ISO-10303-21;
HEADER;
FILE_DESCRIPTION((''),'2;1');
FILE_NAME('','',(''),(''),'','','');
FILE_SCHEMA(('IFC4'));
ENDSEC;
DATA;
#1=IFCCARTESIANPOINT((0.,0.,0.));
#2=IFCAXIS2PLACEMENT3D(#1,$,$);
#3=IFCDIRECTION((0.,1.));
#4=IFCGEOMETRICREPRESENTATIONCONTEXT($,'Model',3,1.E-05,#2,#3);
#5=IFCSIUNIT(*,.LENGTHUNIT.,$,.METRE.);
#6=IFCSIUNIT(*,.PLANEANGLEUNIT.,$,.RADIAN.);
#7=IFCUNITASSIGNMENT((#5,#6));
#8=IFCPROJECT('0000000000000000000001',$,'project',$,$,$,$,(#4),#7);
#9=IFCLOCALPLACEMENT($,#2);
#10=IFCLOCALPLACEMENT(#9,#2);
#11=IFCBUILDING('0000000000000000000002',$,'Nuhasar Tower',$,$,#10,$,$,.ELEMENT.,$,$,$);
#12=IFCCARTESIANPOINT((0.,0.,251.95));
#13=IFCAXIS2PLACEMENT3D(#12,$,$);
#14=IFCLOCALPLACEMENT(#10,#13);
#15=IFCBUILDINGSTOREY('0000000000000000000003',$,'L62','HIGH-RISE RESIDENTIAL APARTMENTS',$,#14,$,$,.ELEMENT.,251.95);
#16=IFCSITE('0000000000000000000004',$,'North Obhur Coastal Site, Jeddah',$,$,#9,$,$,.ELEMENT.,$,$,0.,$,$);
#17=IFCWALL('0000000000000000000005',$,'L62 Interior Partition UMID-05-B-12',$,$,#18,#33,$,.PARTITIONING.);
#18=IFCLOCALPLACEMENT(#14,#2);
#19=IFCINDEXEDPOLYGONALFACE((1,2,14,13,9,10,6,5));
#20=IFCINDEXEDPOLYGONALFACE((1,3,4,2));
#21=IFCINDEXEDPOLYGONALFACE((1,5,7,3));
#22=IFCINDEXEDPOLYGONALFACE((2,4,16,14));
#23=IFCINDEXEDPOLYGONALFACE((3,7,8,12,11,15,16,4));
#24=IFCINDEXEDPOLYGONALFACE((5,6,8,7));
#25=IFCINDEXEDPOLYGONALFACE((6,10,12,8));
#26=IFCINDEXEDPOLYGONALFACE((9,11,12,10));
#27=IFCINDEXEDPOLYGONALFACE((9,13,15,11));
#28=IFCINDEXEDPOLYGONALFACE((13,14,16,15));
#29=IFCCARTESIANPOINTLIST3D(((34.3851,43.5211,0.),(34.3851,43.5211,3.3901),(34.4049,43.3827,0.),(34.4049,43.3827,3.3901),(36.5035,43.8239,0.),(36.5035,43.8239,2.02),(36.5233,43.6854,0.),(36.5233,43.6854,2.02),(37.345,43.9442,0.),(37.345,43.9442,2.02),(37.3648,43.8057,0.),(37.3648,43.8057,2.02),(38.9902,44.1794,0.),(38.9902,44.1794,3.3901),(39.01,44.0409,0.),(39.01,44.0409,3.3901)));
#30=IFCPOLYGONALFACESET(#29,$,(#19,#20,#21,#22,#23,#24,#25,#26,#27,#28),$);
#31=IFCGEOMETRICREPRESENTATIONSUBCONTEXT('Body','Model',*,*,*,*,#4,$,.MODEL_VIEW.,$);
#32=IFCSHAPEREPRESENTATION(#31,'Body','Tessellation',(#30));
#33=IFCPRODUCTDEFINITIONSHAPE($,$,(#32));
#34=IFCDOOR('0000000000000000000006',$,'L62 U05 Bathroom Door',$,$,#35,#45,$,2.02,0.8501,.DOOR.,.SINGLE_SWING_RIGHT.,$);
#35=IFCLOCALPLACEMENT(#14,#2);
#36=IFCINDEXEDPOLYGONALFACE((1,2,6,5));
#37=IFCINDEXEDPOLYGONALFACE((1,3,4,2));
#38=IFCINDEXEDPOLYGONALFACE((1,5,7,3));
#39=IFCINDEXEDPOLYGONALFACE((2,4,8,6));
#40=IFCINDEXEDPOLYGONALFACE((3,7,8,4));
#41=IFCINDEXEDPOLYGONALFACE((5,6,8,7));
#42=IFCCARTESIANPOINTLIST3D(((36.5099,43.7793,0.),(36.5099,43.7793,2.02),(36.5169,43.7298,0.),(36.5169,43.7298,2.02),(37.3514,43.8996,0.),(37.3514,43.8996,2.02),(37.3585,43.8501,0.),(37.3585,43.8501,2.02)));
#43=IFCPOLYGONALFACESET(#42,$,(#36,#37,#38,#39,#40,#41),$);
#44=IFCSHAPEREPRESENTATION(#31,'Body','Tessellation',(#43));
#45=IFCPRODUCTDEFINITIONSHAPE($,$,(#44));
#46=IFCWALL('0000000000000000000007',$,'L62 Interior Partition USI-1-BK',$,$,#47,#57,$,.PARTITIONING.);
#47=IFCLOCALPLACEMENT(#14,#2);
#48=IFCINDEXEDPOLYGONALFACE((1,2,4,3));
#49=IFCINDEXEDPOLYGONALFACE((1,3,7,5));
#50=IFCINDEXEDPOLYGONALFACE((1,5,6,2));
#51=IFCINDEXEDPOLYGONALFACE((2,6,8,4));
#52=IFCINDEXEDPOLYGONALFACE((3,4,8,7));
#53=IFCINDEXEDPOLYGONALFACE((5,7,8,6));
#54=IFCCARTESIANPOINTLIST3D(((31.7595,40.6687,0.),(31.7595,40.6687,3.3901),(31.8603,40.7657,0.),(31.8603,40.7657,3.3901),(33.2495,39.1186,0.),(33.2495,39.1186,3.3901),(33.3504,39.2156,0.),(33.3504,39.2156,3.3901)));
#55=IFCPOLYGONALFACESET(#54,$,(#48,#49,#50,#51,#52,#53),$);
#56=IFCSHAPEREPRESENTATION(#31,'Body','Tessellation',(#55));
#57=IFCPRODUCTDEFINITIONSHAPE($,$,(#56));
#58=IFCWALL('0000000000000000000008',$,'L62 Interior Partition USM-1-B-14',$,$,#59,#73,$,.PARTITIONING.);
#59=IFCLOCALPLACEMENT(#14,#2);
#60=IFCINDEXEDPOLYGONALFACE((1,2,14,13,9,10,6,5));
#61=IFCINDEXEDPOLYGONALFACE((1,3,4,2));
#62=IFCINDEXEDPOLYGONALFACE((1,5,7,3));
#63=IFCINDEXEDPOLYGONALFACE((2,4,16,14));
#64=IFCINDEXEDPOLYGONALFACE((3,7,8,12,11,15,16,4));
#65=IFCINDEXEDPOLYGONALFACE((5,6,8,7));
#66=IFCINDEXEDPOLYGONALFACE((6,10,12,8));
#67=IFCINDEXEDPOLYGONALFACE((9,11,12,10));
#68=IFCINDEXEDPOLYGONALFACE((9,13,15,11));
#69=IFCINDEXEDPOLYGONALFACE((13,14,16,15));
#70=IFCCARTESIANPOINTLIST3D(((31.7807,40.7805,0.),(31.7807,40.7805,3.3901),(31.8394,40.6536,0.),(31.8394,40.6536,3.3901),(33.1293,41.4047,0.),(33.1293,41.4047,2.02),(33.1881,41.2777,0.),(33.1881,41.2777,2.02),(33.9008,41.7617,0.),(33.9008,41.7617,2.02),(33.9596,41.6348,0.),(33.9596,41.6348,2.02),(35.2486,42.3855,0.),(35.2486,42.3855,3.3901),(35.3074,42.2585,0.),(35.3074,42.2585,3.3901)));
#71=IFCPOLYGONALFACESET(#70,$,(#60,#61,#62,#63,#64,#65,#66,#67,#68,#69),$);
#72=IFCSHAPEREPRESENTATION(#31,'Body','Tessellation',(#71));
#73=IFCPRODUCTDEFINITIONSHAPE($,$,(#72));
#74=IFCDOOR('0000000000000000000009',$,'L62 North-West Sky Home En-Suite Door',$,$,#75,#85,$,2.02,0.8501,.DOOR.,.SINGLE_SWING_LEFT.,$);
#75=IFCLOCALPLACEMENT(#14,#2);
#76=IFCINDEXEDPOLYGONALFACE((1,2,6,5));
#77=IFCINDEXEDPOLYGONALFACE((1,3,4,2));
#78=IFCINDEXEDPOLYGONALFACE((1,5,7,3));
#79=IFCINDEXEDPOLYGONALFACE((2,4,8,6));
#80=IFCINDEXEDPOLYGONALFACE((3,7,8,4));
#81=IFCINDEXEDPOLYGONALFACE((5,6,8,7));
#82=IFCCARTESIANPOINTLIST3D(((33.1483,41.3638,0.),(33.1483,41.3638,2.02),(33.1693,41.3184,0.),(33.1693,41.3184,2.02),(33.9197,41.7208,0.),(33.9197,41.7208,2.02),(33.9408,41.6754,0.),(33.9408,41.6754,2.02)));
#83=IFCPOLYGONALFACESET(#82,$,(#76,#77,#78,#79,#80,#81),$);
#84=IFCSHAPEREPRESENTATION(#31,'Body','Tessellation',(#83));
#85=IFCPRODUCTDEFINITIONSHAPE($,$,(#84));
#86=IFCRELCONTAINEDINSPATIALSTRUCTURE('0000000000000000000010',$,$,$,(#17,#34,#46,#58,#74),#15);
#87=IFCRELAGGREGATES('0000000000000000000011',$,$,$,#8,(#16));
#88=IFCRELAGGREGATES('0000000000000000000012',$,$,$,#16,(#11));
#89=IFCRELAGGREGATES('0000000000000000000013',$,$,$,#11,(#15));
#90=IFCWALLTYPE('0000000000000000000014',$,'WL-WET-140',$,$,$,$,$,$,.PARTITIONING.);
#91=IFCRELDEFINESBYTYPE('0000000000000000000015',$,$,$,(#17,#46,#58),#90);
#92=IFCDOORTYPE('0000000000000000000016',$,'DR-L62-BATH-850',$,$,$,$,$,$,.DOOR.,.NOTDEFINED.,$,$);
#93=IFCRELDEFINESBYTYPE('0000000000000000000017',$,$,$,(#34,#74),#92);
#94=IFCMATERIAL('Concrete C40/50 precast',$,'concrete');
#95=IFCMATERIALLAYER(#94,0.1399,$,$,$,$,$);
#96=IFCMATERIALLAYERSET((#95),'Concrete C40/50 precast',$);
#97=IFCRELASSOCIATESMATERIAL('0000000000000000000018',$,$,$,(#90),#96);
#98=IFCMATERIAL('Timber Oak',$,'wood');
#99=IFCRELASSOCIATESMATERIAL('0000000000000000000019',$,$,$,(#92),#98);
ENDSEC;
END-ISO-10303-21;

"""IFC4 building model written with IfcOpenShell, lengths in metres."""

from ifc_helpers import new_model, si_unit, direction, frame, frame_2d, origin, place, context, subcontext, project, spatial, rectangle, extrude, material, layer, layer_set, type_object, element, fill, save


model = new_model("IFC4")

# Units and contexts
model_context = context("Model", 3, precision=1e-05, world=origin(), true_north=direction((0.0, 1.0)))
body_context = subcontext(model_context, "Body", "Model", "MODEL_VIEW")
ifc_project = project(units=[si_unit("LENGTHUNIT", "METRE"), si_unit("PLANEANGLEUNIT", "RADIAN")], contexts=[model_context])

# Site, building, storey
site_placement = place(None, origin())
site = spatial("IfcSite", under=ifc_project, at=site_placement, Name="North Obhur Coastal Site, Jeddah", CompositionType="ELEMENT", RefElevation=0.0)
building_placement = place(site_placement, origin())
building = spatial("IfcBuilding", under=site, at=building_placement, Name="Nuhasar Tower", CompositionType="ELEMENT")
storey_placement = place(building_placement, frame((0.0, 0.0, 251.95)))
storey = spatial("IfcBuildingStorey", under=building, at=storey_placement, Name="L62", Description="HIGH-RISE RESIDENTIAL APARTMENTS", CompositionType="ELEMENT", Elevation=251.95)

# Shared definitions
ifc_material_1 = material(Name="Timber Oak", Category="wood")

# Shared definitions
ifc_material_2 = material(Name="Concrete C40/50 precast", Category="concrete")

# Wall, opening, door
ifc_layer_1 = layer(ifc_material_2, 0.1399)
ifc_layer_set_1 = layer_set([ifc_layer_1], Name="Concrete C40/50 precast")
wall_type_1 = type_object("IfcWallType", Name="WL-WET-140", PredefinedType="PARTITIONING", material=ifc_layer_set_1)
wall_1_placement = place(storey_placement, frame((34.395, 43.4519, 0.0), z_axis=(0.0, 0.0, 1.0), x_axis=(0.989939, 0.141495, 0.0)))
wall_1 = element("IfcWall", 1, at=wall_1_placement, inside=storey, type_object=wall_type_1, Name="L62 Interior Partition UMID-05-B-12", PredefinedType="PARTITIONING", context=body_context, shape_type="SweptSolid", body=[
    extrude(rectangle(XDim=4.6519, YDim=0.1399, at=frame_2d((2.3259, 0.0))), origin(), (0.0, 0.0, 1.0), 3.3901),
])
opening_1_placement = place(wall_1_placement, frame((2.1399, 0.0, 0.0)))
opening_1 = element("IfcOpeningElement", 2, at=opening_1_placement, cuts=wall_1, PredefinedType="OPENING", context=body_context, shape_type="SweptSolid", body=[
    extrude(rectangle(XDim=0.8501, YDim=2.02, at=frame_2d((0.425, 1.01))), frame((0.0, 0.0801, 0.0), z_axis=(0.0, -1.0, 0.0), x_axis=(1.0, 0.0, 0.0)), (0.0, 0.0, 1.0), 0.1599),
])
door_type_1 = type_object("IfcDoorType", Name="DR-L62-BATH-850", OperationType="NOTDEFINED", PredefinedType="DOOR", material=ifc_material_1)
door_1_placement = place(opening_1_placement, origin())
door_1 = element("IfcDoor", 3, at=door_1_placement, inside=storey, type_object=door_type_1, Name="L62 U05 Bathroom Door", OperationType="SINGLE_SWING_RIGHT", OverallHeight=2.02, OverallWidth=0.8501, PredefinedType="DOOR", context=body_context, shape_type="SweptSolid", body=[
    extrude(rectangle(XDim=0.8501, YDim=2.02, at=frame_2d((0.425, 1.01))), frame((0.0, 0.0249, 0.0), z_axis=(0.0, -1.0, 0.0), x_axis=(1.0, 0.0, 0.0)), (0.0, 0.0, 1.0), 0.05),
])
fill(opening_1, door_1)

# Wall
wall_2_placement = place(storey_placement, frame((33.3, 39.167, 0.0), z_axis=(0.0, 0.0, 1.0), x_axis=(-0.693002, 0.720936, 0.0)))
element("IfcWall", 4, at=wall_2_placement, inside=storey, type_object=wall_type_1, Name="L62 Interior Partition USI-1-BK", PredefinedType="PARTITIONING", context=body_context, shape_type="SweptSolid", body=[
    extrude(rectangle(XDim=2.1501, YDim=0.1399, at=frame_2d((1.0752, 0.0))), origin(), (0.0, 0.0, 1.0), 3.3901),
])

# Wall, opening, door
wall_3_placement = place(storey_placement, frame((31.8101, 40.717, 0.0), z_axis=(0.0, 0.0, 1.0), x_axis=(0.907525, 0.419998, 0.0)))
wall_3 = element("IfcWall", 5, at=wall_3_placement, inside=storey, type_object=wall_type_1, Name="L62 Interior Partition USM-1-B-14", PredefinedType="PARTITIONING", context=body_context, shape_type="SweptSolid", body=[
    extrude(rectangle(XDim=3.8213, YDim=0.1399, at=frame_2d((1.9106, 0.0))), origin(), (0.0, 0.0, 1.0), 3.3901),
])
opening_2_placement = place(wall_3_placement, frame((1.4861, 0.0, 0.0)))
opening_2 = element("IfcOpeningElement", 6, at=opening_2_placement, cuts=wall_3, PredefinedType="OPENING", context=body_context, shape_type="SweptSolid", body=[
    extrude(rectangle(XDim=0.8501, YDim=2.02, at=frame_2d((0.425, 1.01))), frame((0.0, 0.0801, 0.0), z_axis=(0.0, -1.0, 0.0), x_axis=(1.0, 0.0, 0.0)), (0.0, 0.0, 1.0), 0.1599),
])
door_2_placement = place(opening_2_placement, origin())
door_2 = element("IfcDoor", 7, at=door_2_placement, inside=storey, type_object=door_type_1, Name="L62 North-West Sky Home En-Suite Door", OperationType="SINGLE_SWING_LEFT", OverallHeight=2.02, OverallWidth=0.8501, PredefinedType="DOOR", context=body_context, shape_type="SweptSolid", body=[
    extrude(rectangle(XDim=0.8501, YDim=2.02, at=frame_2d((0.425, 1.01))), frame((0.0, 0.0249, 0.0), z_axis=(0.0, -1.0, 0.0), x_axis=(1.0, 0.0, 0.0)), (0.0, 0.0, 1.0), 0.05),
])
fill(opening_2, door_2)

save(model, "model.ifc")
